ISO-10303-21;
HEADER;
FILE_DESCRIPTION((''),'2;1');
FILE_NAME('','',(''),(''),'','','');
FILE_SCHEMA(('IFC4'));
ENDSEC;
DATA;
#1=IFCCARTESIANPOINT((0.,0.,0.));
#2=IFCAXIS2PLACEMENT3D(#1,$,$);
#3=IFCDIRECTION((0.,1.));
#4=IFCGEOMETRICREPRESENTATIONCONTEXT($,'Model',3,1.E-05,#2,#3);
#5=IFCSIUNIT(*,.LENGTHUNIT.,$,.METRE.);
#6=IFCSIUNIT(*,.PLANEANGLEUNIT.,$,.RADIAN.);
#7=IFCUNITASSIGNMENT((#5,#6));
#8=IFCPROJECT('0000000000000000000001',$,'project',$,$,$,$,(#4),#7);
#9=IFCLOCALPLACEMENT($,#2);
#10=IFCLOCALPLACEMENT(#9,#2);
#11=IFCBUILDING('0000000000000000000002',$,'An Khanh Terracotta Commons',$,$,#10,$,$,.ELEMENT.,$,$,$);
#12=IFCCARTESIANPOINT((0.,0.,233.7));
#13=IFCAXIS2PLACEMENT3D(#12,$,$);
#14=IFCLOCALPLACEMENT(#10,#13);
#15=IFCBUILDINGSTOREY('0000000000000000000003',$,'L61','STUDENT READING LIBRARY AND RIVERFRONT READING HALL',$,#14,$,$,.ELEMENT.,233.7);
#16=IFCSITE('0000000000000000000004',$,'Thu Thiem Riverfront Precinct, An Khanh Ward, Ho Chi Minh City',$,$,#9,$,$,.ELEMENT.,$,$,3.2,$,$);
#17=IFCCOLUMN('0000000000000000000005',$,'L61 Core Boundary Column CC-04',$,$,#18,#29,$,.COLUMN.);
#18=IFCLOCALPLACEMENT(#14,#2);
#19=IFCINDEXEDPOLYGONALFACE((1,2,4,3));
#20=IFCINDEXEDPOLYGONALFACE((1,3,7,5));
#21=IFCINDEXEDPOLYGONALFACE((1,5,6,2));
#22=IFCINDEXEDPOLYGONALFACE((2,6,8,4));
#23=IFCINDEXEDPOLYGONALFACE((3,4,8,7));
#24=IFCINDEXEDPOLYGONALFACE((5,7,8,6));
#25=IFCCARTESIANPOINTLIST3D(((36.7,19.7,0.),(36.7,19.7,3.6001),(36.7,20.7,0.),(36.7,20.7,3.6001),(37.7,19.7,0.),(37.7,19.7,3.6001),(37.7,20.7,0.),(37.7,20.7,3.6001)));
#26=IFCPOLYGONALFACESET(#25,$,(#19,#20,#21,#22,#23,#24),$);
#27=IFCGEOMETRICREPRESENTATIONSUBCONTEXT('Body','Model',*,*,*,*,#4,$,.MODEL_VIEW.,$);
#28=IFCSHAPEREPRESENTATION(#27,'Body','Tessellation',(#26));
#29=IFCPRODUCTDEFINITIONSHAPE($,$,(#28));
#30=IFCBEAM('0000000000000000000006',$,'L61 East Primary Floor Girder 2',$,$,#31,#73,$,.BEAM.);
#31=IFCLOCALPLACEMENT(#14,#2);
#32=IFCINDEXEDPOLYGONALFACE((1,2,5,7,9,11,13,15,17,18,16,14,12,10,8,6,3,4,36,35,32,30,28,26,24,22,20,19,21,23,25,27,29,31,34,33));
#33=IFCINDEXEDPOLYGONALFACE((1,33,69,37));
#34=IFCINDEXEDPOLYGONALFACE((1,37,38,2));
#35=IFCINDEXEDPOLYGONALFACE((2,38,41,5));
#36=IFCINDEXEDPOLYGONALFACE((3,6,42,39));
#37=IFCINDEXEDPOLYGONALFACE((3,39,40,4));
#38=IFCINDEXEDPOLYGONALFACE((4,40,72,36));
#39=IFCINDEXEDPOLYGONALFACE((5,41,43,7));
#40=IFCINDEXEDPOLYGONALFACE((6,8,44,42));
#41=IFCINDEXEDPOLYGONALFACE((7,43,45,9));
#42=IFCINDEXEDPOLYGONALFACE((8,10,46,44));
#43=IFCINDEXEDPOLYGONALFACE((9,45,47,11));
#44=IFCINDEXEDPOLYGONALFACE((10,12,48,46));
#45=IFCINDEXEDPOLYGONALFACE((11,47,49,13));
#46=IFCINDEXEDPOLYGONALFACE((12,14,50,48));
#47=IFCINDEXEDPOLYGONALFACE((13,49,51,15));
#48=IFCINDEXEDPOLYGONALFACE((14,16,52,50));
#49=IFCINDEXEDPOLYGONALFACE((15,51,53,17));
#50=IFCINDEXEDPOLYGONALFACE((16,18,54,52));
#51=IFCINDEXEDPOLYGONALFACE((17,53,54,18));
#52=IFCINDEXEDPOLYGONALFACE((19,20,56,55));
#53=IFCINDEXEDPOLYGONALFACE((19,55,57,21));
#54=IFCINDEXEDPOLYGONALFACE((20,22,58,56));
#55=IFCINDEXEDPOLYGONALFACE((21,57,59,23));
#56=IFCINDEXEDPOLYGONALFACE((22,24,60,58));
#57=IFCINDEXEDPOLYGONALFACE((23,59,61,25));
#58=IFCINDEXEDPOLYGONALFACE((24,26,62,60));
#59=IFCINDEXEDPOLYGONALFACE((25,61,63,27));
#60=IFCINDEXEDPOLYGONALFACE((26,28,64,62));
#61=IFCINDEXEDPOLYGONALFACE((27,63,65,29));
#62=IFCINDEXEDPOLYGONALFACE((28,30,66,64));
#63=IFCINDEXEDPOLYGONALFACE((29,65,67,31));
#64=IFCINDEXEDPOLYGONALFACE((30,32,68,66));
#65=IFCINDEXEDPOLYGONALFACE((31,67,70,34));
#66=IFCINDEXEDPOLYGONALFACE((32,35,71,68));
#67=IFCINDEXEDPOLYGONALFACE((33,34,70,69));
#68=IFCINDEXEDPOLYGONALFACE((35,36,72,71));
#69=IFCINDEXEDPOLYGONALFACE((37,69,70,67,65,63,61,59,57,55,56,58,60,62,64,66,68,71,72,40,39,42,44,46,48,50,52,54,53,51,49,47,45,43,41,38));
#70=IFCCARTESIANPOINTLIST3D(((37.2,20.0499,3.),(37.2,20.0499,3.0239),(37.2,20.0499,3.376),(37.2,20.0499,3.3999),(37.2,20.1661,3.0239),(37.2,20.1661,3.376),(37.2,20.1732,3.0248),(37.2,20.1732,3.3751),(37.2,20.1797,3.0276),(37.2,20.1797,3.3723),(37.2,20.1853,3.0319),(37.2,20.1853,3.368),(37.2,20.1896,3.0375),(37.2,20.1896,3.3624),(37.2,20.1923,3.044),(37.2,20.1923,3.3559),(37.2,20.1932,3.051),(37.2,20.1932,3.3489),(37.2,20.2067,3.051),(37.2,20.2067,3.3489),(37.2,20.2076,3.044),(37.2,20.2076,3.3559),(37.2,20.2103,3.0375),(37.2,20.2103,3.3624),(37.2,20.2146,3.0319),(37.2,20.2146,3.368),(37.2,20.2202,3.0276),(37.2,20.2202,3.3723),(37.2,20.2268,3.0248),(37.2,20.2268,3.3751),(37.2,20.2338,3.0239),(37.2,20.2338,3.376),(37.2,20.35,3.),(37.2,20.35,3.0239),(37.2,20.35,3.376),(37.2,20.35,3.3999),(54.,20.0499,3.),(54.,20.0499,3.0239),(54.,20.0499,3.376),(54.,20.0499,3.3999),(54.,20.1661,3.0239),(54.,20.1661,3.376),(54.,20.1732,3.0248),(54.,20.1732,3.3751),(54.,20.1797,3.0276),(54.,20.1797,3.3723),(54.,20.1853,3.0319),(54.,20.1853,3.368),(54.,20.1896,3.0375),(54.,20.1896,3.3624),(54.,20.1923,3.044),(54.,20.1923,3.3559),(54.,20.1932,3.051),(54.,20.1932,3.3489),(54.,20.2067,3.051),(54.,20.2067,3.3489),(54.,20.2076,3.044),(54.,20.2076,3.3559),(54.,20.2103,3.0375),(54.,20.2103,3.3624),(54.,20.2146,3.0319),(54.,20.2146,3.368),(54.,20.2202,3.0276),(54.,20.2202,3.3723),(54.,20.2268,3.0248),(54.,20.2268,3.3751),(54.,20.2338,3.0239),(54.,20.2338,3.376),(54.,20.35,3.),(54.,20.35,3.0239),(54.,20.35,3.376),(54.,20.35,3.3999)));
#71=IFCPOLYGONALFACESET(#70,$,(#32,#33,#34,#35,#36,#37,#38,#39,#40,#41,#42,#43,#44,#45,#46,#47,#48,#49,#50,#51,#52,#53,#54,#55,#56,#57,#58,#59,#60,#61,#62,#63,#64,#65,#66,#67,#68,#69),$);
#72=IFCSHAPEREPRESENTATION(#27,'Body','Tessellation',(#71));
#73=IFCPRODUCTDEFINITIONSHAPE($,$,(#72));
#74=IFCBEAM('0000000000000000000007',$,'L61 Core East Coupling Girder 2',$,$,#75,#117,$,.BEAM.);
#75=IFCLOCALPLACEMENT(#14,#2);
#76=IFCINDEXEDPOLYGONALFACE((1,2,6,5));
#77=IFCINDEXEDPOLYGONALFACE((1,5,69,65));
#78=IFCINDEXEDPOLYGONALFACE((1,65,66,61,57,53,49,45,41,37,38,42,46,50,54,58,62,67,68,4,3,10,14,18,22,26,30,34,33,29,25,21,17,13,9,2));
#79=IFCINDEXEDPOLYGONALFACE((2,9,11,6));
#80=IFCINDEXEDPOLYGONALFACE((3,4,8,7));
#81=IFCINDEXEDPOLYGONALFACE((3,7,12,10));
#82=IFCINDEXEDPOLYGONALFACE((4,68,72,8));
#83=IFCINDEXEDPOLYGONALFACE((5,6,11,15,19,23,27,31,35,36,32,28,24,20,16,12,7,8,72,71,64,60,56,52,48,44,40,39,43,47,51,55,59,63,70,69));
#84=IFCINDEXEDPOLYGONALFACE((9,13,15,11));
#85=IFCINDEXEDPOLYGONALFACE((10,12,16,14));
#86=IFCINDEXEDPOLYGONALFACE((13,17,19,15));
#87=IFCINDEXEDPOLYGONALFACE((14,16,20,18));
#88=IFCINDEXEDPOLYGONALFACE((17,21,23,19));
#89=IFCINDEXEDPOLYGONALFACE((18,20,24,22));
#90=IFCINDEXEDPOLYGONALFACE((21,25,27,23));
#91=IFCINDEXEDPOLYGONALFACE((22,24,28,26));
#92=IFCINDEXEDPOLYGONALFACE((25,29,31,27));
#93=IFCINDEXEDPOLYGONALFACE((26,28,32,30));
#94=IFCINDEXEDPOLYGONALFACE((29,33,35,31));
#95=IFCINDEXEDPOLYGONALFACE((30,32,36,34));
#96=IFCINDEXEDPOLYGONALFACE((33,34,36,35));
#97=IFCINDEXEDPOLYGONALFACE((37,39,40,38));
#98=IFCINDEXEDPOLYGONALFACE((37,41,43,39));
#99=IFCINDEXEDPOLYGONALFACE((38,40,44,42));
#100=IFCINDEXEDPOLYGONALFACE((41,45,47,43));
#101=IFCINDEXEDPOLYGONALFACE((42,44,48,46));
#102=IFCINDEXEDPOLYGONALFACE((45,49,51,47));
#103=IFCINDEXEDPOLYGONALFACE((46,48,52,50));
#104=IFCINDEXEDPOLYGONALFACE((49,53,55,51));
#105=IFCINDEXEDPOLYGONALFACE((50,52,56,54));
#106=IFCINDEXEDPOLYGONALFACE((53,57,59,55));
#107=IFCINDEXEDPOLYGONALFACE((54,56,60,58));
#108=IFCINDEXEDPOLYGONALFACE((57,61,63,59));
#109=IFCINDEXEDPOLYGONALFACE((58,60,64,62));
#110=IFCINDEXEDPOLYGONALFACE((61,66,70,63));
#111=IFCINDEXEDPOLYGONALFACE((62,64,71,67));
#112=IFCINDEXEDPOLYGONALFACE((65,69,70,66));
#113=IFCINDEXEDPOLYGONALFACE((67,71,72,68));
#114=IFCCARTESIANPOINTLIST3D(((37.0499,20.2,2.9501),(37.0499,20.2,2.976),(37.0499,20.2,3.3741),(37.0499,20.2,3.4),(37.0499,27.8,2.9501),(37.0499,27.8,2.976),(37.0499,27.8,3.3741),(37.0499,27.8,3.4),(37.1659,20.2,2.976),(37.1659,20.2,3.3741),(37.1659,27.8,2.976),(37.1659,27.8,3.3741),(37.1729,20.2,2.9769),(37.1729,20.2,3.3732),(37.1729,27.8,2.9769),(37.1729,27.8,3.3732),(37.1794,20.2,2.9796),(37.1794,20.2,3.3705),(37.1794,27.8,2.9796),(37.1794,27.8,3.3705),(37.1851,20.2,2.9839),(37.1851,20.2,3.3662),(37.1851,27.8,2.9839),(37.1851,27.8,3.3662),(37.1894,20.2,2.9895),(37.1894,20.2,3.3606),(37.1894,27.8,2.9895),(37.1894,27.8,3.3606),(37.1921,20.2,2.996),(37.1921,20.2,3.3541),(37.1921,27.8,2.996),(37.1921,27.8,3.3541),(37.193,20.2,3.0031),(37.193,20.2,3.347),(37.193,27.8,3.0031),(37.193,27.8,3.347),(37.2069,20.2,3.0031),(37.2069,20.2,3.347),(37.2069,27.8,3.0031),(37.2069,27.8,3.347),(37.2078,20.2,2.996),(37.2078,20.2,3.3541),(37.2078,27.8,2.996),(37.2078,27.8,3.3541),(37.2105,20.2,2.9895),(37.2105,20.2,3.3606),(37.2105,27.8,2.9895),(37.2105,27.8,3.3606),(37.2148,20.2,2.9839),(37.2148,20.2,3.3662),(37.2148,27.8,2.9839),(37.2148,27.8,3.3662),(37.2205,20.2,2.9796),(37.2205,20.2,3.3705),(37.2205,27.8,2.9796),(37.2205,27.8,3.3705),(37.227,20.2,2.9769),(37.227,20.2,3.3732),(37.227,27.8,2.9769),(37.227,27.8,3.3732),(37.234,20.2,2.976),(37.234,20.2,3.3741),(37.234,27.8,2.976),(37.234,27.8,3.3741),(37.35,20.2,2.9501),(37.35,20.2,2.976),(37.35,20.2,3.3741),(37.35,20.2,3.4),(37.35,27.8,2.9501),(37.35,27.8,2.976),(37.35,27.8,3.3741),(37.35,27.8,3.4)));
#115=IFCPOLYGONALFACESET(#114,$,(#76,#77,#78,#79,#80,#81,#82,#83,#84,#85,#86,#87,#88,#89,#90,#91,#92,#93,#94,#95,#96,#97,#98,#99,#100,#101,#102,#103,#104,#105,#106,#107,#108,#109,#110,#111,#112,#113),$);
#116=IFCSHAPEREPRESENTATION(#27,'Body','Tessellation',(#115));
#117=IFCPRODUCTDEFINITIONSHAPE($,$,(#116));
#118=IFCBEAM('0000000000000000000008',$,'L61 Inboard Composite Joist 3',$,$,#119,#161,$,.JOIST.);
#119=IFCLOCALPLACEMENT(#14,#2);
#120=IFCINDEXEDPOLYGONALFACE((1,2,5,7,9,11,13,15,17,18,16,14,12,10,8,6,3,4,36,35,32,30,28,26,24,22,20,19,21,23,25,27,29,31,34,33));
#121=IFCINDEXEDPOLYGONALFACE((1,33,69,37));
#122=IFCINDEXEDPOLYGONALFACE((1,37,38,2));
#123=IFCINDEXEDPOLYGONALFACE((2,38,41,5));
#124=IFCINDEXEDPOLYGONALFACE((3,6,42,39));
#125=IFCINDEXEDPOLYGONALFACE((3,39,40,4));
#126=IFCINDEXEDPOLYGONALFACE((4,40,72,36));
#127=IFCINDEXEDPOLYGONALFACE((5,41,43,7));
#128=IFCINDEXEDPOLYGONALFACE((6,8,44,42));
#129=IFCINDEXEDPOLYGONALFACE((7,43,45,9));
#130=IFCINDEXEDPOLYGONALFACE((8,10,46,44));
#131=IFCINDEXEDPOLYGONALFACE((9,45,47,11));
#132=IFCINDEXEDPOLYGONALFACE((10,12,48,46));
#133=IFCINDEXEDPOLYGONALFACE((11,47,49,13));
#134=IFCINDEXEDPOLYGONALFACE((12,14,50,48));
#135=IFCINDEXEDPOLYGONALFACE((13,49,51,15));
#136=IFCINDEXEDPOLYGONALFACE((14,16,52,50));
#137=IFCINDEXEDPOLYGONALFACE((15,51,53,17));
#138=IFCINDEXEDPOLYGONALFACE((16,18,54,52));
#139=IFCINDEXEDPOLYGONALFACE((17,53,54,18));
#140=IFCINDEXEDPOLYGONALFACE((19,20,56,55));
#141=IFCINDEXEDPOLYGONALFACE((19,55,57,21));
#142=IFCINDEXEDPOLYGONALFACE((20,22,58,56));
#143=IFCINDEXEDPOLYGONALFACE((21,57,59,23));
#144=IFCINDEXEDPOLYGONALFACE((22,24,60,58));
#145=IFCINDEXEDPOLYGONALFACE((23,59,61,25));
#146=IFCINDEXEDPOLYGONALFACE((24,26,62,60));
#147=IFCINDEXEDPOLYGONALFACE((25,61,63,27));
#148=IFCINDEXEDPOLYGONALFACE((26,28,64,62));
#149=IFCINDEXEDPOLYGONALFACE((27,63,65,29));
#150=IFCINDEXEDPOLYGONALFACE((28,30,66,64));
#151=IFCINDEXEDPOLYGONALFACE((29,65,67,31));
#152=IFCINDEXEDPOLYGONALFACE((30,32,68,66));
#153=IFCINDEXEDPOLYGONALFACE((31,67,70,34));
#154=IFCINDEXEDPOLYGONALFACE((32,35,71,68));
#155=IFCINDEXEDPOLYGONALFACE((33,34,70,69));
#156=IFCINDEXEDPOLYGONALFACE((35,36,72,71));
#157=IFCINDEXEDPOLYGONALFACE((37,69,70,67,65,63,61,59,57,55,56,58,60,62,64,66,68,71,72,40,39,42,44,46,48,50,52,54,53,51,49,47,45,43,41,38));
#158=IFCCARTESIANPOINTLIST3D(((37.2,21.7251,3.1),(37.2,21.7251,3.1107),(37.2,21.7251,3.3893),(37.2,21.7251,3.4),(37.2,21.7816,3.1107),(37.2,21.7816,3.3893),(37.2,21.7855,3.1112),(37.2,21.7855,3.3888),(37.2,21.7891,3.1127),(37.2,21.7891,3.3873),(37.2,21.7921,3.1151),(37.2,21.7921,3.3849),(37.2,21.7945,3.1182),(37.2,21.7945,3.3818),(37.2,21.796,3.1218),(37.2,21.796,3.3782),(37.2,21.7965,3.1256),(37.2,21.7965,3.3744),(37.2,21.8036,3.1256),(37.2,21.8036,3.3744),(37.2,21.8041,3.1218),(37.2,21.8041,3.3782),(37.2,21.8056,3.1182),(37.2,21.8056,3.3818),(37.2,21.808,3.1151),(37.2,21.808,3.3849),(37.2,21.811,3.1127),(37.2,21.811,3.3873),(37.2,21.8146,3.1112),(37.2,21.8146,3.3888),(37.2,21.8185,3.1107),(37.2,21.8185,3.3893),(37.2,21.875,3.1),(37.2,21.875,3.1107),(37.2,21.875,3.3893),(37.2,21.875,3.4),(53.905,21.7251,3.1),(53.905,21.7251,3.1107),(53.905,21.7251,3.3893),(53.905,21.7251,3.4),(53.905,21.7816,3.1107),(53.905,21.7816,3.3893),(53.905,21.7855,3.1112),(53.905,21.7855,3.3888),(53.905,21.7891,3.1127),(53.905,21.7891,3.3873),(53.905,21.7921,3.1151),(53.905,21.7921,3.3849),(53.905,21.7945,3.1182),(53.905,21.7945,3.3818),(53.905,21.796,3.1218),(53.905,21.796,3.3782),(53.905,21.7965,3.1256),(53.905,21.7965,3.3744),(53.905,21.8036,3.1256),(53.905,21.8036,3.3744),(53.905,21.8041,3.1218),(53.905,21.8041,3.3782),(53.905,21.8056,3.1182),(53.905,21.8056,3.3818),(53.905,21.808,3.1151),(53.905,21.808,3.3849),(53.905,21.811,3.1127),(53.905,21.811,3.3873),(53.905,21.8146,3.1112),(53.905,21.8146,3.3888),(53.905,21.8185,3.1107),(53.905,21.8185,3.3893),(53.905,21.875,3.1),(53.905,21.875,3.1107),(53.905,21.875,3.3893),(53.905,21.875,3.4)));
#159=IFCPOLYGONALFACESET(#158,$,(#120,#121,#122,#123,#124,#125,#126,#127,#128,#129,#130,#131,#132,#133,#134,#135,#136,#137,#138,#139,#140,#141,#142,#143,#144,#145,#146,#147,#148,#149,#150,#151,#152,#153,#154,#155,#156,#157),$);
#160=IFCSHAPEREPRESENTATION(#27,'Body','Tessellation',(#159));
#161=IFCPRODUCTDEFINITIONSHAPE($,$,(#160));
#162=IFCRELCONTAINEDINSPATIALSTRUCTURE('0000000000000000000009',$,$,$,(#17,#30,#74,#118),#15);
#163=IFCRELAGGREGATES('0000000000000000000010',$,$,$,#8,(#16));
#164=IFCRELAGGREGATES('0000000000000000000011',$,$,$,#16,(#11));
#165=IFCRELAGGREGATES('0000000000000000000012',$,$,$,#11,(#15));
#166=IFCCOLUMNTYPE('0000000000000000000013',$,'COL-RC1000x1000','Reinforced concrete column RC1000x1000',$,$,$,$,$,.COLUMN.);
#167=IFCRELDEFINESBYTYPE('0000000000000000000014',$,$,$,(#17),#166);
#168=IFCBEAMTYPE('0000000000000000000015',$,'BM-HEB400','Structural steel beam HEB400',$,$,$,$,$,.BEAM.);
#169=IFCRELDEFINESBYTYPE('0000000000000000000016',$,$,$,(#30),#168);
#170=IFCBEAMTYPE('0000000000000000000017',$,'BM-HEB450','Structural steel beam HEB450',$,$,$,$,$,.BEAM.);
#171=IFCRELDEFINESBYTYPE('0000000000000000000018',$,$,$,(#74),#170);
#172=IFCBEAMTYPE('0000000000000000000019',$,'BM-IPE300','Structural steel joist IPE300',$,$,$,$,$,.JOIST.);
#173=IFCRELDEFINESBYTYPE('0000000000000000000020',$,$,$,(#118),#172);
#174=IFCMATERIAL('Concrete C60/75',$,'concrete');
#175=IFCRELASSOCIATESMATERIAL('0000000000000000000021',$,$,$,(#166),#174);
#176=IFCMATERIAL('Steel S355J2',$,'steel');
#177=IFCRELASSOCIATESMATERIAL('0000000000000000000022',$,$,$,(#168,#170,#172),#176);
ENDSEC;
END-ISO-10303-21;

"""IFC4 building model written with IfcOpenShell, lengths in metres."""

from ifc_helpers import new_model, si_unit, direction, frame, origin, origin_2d, place, context, subcontext, project, spatial, rectangle, i_section, extrude, material, material_profile, profile_set, type_object, element, save


model = new_model("IFC4")

# Units and contexts
model_context = context("Model", 3, precision=1e-05, world=origin(), true_north=direction((0.0, 1.0)))
body_context = subcontext(model_context, "Body", "Model", "MODEL_VIEW")
ifc_project = project(units=[si_unit("LENGTHUNIT", "METRE"), si_unit("PLANEANGLEUNIT", "RADIAN")], contexts=[model_context])

# Site, building, storey
site_placement = place(None, origin())
site = spatial("IfcSite", under=ifc_project, at=site_placement, Name="Thu Thiem Riverfront Precinct, An Khanh Ward, Ho Chi Minh City", CompositionType="ELEMENT", RefElevation=3.2)
building_placement = place(site_placement, origin())
building = spatial("IfcBuilding", under=site, at=building_placement, Name="An Khanh Terracotta Commons", CompositionType="ELEMENT")
storey_placement = place(building_placement, frame((0.0, 0.0, 233.7)))
storey = spatial("IfcBuildingStorey", under=building, at=storey_placement, Name="L61", Description="STUDENT READING LIBRARY AND RIVERFRONT READING HALL", CompositionType="ELEMENT", Elevation=233.7)

# Column
ifc_material_1 = material(Name="Concrete C60/75", Category="concrete")
ifc_material_profile_1 = material_profile(ifc_material_1, rectangle(XDim=1.0, YDim=1.0, at=origin_2d()), Name="RC1000x1000")
ifc_profile_set_1 = profile_set([ifc_material_profile_1], Name="Concrete C60/75")
column_type = type_object("IfcColumnType", Name="COL-RC1000x1000", Description="Reinforced concrete column RC1000x1000", PredefinedType="COLUMN", material=ifc_profile_set_1)
column_placement = place(storey_placement, frame((37.2, 20.2, 0.0), z_axis=(0.0, 0.0, 1.0), x_axis=(1.0, 0.0, 0.0)))
element("IfcColumn", 1, at=column_placement, inside=storey, type_object=column_type, Name="L61 Core Boundary Column CC-04", PredefinedType="COLUMN", context=body_context, shape_type="SweptSolid", body=[
    extrude(rectangle(XDim=1.0, YDim=1.0, at=origin_2d()), origin(), (0.0, 0.0, 1.0), 3.6001),
])

# Beams
ifc_material_2 = material(Name="Steel S355J2", Category="steel")
ifc_material_profile_2 = material_profile(ifc_material_2, i_section(OverallWidth=0.3, OverallDepth=0.3999, WebThickness=0.0134, FlangeThickness=0.0239, FilletRadius=0.0271, at=origin_2d()), Name="HEB400")
ifc_profile_set_2 = profile_set([ifc_material_profile_2], Name="Steel S355J2")
beam_type_1 = type_object("IfcBeamType", Name="BM-HEB400", Description="Structural steel beam HEB400", PredefinedType="BEAM", material=ifc_profile_set_2)
beam_1_placement = place(storey_placement, frame((37.2, 20.2, 3.2), z_axis=(1.0, 0.0, 0.0), x_axis=(0.0, 1.0, 0.0)))
element("IfcBeam", 2, at=beam_1_placement, inside=storey, type_object=beam_type_1, Name="L61 East Primary Floor Girder 2", PredefinedType="BEAM", context=body_context, shape_type="SweptSolid", body=[
    extrude(i_section(OverallWidth=0.3, OverallDepth=0.3999, WebThickness=0.0134, FlangeThickness=0.0239, FilletRadius=0.0271, at=origin_2d()), origin(), (0.0, 0.0, 1.0), 16.8),
])
ifc_material_profile_3 = material_profile(ifc_material_2, i_section(OverallWidth=0.3, OverallDepth=0.45, WebThickness=0.0139, FlangeThickness=0.0259, FilletRadius=0.0271, at=origin_2d()), Name="HEB450")
ifc_profile_set_3 = profile_set([ifc_material_profile_3], Name="Steel S355J2")
beam_type_2 = type_object("IfcBeamType", Name="BM-HEB450", Description="Structural steel beam HEB450", PredefinedType="BEAM", material=ifc_profile_set_3)
beam_2_placement = place(storey_placement, frame((37.2, 20.2, 3.175), z_axis=(0.0, 1.0, 0.0), x_axis=(-1.0, 0.0, 0.0)))
element("IfcBeam", 3, at=beam_2_placement, inside=storey, type_object=beam_type_2, Name="L61 Core East Coupling Girder 2", PredefinedType="BEAM", context=body_context, shape_type="SweptSolid", body=[
    extrude(i_section(OverallWidth=0.3, OverallDepth=0.45, WebThickness=0.0139, FlangeThickness=0.0259, FilletRadius=0.0271, at=origin_2d()), origin(), (0.0, 0.0, 1.0), 7.6001),
])
ifc_material_profile_4 = material_profile(ifc_material_2, i_section(OverallWidth=0.1499, OverallDepth=0.3, WebThickness=0.0071, FlangeThickness=0.0107, FilletRadius=0.0149, at=origin_2d()), Name="IPE300")
ifc_profile_set_4 = profile_set([ifc_material_profile_4], Name="Steel S355J2")
beam_type_3 = type_object("IfcBeamType", Name="BM-IPE300", Description="Structural steel joist IPE300", PredefinedType="JOIST", material=ifc_profile_set_4)
for number, where, z_axis, x_axis, name in (
    (4, (37.2, 21.8, 3.25), (1.0, 0.0, 0.0), (0.0, 1.0, 0.0), "L61 Inboard Composite Joist 3"),
):
    element("IfcBeam", number, at=place(storey_placement, frame(where, z_axis=z_axis, x_axis=x_axis)), inside=storey, type_object=beam_type_3, Name=name, PredefinedType="JOIST", context=body_context, shape_type="SweptSolid", body=[
        extrude(i_section(OverallWidth=0.1499, OverallDepth=0.3, WebThickness=0.0071, FlangeThickness=0.0107, FilletRadius=0.0149, at=origin_2d()), origin(), (0.0, 0.0, 1.0), 16.7051),
    ])

save(model, "model.ifc")
